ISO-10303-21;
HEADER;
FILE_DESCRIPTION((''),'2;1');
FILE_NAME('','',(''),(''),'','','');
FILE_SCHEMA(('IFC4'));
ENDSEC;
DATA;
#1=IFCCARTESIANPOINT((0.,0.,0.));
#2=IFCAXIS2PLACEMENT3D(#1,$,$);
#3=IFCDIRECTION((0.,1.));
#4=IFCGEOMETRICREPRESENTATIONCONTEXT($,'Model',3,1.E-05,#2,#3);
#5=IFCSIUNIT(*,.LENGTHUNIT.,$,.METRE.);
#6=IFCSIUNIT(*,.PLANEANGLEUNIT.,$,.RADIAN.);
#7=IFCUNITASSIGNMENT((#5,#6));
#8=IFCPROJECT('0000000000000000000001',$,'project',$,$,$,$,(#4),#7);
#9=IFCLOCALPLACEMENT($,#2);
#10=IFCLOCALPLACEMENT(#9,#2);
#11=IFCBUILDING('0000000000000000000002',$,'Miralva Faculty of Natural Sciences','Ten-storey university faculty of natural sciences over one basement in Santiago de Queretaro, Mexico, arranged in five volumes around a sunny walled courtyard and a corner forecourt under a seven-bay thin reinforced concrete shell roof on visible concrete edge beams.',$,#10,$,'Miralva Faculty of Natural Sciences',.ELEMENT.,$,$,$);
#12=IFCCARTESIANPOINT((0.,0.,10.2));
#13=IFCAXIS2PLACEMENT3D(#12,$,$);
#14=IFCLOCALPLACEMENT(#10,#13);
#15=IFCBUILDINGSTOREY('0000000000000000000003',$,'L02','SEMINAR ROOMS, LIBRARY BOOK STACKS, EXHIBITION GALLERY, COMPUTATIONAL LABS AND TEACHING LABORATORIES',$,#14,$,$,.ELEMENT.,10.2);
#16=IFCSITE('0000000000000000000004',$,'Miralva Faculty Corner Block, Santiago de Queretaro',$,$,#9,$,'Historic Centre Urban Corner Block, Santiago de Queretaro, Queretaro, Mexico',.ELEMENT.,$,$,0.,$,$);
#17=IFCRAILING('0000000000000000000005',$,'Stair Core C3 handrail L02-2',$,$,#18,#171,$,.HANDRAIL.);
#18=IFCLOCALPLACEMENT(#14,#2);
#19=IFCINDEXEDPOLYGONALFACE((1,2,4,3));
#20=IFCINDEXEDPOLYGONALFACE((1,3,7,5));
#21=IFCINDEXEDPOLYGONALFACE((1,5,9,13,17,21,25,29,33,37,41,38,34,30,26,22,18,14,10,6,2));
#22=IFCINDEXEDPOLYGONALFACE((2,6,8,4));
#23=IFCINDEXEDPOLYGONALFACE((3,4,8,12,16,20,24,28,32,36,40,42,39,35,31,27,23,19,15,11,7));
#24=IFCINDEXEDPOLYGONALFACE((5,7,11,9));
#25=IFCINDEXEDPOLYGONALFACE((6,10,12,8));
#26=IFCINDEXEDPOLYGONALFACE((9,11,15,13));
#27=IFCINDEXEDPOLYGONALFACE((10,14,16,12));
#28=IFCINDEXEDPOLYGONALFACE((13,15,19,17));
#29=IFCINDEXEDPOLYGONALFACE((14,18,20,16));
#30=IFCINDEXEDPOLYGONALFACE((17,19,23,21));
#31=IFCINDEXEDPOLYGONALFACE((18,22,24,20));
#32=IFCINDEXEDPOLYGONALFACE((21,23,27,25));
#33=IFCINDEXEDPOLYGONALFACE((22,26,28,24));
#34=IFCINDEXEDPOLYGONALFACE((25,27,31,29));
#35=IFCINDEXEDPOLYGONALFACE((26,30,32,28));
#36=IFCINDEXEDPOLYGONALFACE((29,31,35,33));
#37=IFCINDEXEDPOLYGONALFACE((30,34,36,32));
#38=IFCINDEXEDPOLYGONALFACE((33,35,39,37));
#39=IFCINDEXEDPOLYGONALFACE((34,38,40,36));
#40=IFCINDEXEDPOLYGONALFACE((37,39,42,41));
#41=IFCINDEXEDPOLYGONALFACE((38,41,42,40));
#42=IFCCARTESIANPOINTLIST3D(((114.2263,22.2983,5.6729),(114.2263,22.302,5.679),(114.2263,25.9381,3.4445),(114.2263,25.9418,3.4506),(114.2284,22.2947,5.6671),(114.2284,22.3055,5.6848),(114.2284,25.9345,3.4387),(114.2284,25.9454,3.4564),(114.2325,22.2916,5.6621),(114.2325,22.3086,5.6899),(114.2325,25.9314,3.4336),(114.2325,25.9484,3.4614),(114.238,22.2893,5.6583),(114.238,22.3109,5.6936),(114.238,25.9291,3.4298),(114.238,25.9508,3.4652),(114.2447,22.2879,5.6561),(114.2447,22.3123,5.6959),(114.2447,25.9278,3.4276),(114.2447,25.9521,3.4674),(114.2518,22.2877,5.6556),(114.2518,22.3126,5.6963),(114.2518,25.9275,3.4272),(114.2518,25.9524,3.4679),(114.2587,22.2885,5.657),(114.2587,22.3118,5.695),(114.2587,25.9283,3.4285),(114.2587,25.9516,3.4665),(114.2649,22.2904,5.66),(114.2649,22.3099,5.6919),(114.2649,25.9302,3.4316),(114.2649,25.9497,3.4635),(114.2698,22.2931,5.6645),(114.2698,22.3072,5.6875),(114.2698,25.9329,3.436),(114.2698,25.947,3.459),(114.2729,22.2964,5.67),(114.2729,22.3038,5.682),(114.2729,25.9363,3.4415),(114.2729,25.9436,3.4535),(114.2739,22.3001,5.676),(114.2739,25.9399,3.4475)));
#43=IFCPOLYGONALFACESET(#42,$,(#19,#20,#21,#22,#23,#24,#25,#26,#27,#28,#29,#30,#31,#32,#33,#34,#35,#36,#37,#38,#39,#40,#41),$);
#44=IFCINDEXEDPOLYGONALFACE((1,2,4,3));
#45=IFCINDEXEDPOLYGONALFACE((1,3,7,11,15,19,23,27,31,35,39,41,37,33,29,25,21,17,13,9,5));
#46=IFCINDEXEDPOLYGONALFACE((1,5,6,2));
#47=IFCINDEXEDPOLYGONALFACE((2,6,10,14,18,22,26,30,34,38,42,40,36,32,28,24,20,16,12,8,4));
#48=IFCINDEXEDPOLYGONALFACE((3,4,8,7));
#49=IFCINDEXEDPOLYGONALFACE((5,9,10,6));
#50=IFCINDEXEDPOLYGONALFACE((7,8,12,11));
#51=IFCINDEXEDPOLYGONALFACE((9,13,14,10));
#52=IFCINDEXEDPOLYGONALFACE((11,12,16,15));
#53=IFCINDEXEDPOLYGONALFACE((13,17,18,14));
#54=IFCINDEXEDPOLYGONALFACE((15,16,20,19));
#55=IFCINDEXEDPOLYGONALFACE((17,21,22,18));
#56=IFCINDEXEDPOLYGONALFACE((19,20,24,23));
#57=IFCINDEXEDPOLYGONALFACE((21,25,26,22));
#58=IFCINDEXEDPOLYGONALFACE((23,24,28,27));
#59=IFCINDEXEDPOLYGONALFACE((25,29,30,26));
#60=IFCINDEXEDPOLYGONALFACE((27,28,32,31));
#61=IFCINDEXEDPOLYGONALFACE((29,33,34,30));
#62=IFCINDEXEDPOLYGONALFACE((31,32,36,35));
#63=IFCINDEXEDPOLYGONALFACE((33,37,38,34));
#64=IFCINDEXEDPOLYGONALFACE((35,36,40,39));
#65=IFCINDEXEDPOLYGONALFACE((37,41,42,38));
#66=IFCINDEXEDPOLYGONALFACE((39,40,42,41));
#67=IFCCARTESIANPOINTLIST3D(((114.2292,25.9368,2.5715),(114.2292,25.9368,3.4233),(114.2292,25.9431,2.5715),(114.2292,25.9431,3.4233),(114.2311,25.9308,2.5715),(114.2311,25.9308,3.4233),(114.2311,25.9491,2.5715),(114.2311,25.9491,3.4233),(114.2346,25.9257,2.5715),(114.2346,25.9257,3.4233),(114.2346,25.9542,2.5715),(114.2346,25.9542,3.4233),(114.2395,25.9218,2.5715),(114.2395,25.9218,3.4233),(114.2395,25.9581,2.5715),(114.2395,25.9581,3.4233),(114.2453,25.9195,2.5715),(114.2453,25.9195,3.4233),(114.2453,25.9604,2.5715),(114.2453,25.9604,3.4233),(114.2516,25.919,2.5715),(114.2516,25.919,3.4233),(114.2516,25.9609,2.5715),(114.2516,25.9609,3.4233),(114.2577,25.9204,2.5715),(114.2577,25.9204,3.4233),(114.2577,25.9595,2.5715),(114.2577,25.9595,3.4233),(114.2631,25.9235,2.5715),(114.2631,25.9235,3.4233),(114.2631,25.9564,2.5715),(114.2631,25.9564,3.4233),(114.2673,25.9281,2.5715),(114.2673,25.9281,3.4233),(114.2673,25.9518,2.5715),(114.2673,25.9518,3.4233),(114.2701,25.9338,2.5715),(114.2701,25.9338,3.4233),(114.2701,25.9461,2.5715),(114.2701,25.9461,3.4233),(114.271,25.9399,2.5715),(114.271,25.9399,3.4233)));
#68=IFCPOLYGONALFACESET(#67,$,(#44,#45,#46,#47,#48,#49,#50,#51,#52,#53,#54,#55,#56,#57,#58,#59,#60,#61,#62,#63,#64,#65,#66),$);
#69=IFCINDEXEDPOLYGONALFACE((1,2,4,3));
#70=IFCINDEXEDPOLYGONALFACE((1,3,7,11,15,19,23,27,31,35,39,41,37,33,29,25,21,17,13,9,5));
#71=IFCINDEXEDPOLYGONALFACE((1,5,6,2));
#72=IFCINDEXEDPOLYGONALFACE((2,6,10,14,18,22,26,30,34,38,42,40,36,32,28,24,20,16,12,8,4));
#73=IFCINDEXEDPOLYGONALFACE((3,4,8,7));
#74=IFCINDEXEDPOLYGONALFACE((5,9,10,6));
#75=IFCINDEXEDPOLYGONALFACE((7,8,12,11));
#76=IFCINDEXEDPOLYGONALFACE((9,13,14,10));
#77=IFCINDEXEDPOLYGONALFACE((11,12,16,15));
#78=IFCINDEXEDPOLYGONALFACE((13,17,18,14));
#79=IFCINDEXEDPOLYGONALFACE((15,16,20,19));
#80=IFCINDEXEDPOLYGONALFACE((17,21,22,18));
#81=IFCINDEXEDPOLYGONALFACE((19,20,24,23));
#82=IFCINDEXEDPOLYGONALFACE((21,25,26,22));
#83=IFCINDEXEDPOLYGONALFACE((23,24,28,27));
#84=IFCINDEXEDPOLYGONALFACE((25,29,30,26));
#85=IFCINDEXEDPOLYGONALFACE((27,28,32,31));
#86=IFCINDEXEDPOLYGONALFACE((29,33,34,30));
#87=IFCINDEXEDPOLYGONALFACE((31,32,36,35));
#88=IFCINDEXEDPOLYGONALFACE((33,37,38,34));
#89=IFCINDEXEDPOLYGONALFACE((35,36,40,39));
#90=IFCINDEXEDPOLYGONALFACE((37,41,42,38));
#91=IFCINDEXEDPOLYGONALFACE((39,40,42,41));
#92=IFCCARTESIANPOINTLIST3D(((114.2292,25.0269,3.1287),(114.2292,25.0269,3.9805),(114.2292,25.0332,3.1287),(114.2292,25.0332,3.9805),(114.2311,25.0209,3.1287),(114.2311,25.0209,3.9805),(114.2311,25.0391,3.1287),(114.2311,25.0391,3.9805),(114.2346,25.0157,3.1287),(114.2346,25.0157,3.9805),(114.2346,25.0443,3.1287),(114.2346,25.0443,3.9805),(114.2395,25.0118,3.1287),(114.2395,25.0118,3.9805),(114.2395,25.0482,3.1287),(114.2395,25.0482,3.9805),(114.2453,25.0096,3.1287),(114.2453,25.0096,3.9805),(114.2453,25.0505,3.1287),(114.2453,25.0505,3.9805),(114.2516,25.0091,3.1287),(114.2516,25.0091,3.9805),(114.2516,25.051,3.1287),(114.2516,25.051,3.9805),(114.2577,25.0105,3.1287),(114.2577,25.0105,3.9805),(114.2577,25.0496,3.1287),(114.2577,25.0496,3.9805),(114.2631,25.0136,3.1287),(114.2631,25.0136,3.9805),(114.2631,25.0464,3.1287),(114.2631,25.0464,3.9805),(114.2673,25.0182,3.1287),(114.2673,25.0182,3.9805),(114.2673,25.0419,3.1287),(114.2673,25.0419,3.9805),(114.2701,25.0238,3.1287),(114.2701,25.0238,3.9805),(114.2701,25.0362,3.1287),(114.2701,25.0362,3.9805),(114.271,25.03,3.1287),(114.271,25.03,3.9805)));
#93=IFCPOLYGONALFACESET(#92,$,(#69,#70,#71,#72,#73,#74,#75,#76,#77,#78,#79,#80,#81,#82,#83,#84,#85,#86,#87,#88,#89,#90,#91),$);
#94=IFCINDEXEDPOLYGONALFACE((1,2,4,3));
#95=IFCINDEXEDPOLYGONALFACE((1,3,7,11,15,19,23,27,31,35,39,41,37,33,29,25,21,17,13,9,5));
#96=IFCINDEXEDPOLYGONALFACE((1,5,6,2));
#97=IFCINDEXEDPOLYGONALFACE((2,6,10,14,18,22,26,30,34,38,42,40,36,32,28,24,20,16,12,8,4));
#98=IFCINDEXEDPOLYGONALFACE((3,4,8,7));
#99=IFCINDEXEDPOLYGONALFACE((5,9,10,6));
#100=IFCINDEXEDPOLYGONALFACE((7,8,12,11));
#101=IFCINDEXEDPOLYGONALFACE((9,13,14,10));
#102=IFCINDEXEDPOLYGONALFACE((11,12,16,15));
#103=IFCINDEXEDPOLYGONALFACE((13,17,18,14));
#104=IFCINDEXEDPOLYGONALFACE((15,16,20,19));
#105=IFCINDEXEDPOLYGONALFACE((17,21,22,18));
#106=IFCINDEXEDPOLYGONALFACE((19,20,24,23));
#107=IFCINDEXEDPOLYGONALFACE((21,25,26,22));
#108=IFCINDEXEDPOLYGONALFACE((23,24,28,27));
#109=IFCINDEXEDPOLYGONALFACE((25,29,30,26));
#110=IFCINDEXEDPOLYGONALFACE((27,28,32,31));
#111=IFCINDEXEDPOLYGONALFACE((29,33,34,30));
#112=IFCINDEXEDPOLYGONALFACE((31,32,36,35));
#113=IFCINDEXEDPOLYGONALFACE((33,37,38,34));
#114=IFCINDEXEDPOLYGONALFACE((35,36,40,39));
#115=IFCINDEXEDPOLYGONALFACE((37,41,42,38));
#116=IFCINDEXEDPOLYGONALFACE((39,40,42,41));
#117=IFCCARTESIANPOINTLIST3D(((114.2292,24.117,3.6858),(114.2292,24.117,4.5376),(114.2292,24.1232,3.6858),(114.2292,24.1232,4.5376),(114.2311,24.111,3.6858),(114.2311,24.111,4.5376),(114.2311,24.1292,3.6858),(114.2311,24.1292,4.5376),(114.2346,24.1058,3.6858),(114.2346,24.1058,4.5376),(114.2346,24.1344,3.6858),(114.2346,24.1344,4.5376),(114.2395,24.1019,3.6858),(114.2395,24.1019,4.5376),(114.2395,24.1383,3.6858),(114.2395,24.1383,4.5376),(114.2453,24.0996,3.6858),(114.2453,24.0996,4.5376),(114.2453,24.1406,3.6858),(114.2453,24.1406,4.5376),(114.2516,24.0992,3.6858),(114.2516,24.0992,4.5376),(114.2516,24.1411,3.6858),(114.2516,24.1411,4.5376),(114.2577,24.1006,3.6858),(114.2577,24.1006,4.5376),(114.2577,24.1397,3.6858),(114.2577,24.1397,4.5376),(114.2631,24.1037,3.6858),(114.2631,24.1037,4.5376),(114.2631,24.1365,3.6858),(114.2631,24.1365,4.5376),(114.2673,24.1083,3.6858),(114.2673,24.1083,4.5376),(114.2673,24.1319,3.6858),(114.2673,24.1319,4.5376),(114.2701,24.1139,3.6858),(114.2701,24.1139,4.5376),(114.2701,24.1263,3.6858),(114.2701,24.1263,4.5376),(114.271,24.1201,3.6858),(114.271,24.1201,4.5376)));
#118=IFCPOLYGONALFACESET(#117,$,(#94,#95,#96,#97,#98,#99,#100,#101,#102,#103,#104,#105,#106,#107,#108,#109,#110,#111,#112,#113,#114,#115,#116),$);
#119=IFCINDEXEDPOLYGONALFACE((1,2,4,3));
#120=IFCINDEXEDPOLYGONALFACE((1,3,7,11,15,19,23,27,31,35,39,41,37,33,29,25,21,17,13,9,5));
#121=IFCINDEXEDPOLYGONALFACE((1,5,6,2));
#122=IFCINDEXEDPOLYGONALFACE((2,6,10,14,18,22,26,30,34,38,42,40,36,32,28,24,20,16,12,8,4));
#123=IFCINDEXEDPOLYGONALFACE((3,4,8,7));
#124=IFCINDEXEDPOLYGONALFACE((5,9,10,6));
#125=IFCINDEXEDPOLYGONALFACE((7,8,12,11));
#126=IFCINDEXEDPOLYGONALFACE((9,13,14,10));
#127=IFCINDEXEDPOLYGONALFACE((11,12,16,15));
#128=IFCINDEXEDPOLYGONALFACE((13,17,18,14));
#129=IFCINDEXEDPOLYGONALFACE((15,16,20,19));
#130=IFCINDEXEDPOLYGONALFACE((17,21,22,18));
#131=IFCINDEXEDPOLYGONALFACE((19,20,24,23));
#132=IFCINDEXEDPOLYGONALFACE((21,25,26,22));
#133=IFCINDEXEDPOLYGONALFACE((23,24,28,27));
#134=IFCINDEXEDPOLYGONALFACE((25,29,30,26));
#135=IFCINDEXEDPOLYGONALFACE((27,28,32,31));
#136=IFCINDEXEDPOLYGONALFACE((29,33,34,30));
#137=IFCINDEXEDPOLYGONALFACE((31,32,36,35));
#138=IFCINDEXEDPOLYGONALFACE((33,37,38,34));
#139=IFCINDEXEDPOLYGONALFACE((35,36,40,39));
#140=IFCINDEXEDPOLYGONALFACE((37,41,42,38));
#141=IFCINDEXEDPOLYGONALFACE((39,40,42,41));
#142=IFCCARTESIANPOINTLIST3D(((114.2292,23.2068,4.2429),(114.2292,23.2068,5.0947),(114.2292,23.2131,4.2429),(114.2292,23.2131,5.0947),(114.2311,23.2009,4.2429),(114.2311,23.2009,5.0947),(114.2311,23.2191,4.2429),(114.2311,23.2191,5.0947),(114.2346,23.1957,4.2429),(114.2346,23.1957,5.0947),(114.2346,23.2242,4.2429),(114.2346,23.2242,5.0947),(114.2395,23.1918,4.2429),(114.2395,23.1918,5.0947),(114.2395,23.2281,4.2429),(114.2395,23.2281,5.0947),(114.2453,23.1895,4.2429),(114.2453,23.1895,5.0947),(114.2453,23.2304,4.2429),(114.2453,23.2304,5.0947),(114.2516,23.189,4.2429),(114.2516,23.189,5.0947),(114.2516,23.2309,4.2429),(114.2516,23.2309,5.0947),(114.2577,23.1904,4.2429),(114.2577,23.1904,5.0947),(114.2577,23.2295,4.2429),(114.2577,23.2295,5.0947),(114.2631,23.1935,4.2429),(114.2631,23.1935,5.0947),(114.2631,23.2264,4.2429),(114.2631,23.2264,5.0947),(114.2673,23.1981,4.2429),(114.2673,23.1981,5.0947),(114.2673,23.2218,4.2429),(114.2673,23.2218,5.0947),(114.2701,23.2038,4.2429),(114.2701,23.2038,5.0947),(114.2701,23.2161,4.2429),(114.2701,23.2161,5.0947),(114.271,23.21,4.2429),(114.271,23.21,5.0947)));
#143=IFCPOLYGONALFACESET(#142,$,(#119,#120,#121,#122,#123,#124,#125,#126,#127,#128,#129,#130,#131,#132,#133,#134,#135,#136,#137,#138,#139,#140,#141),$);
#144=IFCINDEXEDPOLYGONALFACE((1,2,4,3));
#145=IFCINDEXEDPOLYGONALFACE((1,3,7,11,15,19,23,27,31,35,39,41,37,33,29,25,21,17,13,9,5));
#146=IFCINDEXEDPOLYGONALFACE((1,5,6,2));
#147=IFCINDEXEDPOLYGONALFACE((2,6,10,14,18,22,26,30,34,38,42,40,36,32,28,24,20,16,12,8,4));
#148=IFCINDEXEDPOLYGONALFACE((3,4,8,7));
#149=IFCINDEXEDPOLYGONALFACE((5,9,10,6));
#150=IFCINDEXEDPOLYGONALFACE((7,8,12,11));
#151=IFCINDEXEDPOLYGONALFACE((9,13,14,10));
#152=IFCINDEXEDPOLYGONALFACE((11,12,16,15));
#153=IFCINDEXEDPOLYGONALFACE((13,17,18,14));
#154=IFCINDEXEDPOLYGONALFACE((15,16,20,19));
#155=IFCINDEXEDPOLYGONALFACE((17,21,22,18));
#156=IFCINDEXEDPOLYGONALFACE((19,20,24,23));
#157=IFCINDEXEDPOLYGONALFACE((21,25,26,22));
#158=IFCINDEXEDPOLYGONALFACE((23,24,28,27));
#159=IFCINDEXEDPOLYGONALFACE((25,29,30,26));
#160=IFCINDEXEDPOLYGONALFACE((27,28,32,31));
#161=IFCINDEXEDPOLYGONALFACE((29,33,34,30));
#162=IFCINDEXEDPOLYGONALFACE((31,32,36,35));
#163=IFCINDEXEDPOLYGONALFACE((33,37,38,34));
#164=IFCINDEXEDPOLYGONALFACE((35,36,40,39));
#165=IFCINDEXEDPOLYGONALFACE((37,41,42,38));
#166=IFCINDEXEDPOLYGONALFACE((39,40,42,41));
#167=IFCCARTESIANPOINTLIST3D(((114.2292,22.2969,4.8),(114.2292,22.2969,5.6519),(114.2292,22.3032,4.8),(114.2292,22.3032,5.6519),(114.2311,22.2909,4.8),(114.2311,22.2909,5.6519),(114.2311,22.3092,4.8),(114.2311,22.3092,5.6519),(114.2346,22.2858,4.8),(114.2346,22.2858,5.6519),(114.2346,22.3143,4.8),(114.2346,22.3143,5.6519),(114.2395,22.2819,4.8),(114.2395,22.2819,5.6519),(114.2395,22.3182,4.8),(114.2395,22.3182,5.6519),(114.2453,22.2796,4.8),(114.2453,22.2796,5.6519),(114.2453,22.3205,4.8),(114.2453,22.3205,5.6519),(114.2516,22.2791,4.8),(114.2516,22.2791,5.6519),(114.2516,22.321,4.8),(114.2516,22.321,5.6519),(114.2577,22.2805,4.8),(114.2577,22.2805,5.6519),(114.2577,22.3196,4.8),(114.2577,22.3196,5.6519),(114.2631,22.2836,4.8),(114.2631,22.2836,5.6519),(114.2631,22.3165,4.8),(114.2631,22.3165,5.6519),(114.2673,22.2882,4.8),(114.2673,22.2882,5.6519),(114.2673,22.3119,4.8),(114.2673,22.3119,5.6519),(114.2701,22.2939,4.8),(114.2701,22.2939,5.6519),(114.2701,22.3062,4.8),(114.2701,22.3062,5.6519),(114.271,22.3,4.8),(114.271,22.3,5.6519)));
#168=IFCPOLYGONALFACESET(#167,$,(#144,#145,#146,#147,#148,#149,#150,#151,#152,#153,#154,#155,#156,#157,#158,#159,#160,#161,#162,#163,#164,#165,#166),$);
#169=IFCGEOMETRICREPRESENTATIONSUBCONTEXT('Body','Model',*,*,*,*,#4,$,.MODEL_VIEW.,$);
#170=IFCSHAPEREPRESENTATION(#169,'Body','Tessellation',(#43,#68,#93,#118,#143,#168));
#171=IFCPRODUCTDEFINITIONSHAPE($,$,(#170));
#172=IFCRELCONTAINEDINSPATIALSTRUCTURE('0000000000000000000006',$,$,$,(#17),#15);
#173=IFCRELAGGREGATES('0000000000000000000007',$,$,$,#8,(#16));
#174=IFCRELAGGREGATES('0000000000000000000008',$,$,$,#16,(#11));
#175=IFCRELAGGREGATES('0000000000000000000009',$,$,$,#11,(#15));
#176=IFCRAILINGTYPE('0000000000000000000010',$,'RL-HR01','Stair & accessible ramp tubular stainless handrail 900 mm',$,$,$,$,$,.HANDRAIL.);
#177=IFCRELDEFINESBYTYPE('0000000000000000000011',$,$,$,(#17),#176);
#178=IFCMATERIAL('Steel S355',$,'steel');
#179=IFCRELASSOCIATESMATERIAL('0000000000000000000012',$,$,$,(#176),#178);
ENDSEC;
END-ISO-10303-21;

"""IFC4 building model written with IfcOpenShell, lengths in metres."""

from ifc_helpers import new_model, si_unit, direction, frame, origin, origin_2d, place, context, subcontext, project, spatial, circle, extrude, material, type_object, element, save


model = new_model("IFC4")

# Units and contexts
model_context = context("Model", 3, precision=1e-05, world=origin(), true_north=direction((0.0, 1.0)))
body_context = subcontext(model_context, "Body", "Model", "MODEL_VIEW")
ifc_project = project(units=[si_unit("LENGTHUNIT", "METRE"), si_unit("PLANEANGLEUNIT", "RADIAN")], contexts=[model_context])

# Site, building, storey
site_placement = place(None, origin())
site = spatial("IfcSite", under=ifc_project, at=site_placement, Name="Miralva Faculty Corner Block, Santiago de Queretaro", LongName="Historic Centre Urban Corner Block, Santiago de Queretaro, Queretaro, Mexico", CompositionType="ELEMENT", RefElevation=0.0)
building_placement = place(site_placement, origin())
building = spatial("IfcBuilding", under=site, at=building_placement, Name="Miralva Faculty of Natural Sciences", Description="Ten-storey university faculty of natural sciences over one basement in Santiago de Queretaro, Mexico, arranged in five volumes around a sunny walled courtyard and a corner forecourt under a seven-bay thin reinforced concrete shell roof on visible concrete edge beams.", LongName="Miralva Faculty of Natural Sciences", CompositionType="ELEMENT")
storey_placement = place(building_placement, frame((0.0, 0.0, 10.2)))
storey = spatial("IfcBuildingStorey", under=building, at=storey_placement, Name="L02", Description="SEMINAR ROOMS, LIBRARY BOOK STACKS, EXHIBITION GALLERY, COMPUTATIONAL LABS AND TEACHING LABORATORIES", CompositionType="ELEMENT", Elevation=10.2)

# Railing
ifc_material_1 = material(Name="Steel S355", Category="steel")
railing_type_1 = type_object("IfcRailingType", Name="RL-HR01", Description="Stair & accessible ramp tubular stainless handrail 900 mm", PredefinedType="HANDRAIL", material=ifc_material_1)
railing_1_placement = place(storey_placement, frame((114.25, 25.9399, 2.5715)))
element("IfcRailing", 1, at=railing_1_placement, inside=storey, type_object=railing_type_1, Name="Stair Core C3 handrail L02-2", PredefinedType="HANDRAIL", context=body_context, shape_type="SweptSolid", body=[
    extrude(circle(Radius=0.0239, at=origin_2d()), frame((0.0, 0.0, 0.876), z_axis=(0.0, -0.85285, 0.522156), x_axis=(1.0, 0.0, 0.0)), (0.0, 0.0, 1.0), 4.2678),
    extrude(circle(Radius=0.021, at=origin_2d()), origin(), (0.0, 0.0, 1.0), 0.8518),
    extrude(circle(Radius=0.021, at=origin_2d()), frame((0.0, -0.9099, 0.5571)), (0.0, 0.0, 1.0), 0.8518),
    extrude(circle(Radius=0.021, at=origin_2d()), frame((0.0, -1.8198, 1.1143)), (0.0, 0.0, 1.0), 0.8518),
    extrude(circle(Radius=0.021, at=origin_2d()), frame((0.0, -2.73, 1.6714)), (0.0, 0.0, 1.0), 0.8518),
    extrude(circle(Radius=0.021, at=origin_2d()), frame((0.0, -3.6399, 2.2285)), (0.0, 0.0, 1.0), 0.8518),
])

save(model, "model.ifc")
